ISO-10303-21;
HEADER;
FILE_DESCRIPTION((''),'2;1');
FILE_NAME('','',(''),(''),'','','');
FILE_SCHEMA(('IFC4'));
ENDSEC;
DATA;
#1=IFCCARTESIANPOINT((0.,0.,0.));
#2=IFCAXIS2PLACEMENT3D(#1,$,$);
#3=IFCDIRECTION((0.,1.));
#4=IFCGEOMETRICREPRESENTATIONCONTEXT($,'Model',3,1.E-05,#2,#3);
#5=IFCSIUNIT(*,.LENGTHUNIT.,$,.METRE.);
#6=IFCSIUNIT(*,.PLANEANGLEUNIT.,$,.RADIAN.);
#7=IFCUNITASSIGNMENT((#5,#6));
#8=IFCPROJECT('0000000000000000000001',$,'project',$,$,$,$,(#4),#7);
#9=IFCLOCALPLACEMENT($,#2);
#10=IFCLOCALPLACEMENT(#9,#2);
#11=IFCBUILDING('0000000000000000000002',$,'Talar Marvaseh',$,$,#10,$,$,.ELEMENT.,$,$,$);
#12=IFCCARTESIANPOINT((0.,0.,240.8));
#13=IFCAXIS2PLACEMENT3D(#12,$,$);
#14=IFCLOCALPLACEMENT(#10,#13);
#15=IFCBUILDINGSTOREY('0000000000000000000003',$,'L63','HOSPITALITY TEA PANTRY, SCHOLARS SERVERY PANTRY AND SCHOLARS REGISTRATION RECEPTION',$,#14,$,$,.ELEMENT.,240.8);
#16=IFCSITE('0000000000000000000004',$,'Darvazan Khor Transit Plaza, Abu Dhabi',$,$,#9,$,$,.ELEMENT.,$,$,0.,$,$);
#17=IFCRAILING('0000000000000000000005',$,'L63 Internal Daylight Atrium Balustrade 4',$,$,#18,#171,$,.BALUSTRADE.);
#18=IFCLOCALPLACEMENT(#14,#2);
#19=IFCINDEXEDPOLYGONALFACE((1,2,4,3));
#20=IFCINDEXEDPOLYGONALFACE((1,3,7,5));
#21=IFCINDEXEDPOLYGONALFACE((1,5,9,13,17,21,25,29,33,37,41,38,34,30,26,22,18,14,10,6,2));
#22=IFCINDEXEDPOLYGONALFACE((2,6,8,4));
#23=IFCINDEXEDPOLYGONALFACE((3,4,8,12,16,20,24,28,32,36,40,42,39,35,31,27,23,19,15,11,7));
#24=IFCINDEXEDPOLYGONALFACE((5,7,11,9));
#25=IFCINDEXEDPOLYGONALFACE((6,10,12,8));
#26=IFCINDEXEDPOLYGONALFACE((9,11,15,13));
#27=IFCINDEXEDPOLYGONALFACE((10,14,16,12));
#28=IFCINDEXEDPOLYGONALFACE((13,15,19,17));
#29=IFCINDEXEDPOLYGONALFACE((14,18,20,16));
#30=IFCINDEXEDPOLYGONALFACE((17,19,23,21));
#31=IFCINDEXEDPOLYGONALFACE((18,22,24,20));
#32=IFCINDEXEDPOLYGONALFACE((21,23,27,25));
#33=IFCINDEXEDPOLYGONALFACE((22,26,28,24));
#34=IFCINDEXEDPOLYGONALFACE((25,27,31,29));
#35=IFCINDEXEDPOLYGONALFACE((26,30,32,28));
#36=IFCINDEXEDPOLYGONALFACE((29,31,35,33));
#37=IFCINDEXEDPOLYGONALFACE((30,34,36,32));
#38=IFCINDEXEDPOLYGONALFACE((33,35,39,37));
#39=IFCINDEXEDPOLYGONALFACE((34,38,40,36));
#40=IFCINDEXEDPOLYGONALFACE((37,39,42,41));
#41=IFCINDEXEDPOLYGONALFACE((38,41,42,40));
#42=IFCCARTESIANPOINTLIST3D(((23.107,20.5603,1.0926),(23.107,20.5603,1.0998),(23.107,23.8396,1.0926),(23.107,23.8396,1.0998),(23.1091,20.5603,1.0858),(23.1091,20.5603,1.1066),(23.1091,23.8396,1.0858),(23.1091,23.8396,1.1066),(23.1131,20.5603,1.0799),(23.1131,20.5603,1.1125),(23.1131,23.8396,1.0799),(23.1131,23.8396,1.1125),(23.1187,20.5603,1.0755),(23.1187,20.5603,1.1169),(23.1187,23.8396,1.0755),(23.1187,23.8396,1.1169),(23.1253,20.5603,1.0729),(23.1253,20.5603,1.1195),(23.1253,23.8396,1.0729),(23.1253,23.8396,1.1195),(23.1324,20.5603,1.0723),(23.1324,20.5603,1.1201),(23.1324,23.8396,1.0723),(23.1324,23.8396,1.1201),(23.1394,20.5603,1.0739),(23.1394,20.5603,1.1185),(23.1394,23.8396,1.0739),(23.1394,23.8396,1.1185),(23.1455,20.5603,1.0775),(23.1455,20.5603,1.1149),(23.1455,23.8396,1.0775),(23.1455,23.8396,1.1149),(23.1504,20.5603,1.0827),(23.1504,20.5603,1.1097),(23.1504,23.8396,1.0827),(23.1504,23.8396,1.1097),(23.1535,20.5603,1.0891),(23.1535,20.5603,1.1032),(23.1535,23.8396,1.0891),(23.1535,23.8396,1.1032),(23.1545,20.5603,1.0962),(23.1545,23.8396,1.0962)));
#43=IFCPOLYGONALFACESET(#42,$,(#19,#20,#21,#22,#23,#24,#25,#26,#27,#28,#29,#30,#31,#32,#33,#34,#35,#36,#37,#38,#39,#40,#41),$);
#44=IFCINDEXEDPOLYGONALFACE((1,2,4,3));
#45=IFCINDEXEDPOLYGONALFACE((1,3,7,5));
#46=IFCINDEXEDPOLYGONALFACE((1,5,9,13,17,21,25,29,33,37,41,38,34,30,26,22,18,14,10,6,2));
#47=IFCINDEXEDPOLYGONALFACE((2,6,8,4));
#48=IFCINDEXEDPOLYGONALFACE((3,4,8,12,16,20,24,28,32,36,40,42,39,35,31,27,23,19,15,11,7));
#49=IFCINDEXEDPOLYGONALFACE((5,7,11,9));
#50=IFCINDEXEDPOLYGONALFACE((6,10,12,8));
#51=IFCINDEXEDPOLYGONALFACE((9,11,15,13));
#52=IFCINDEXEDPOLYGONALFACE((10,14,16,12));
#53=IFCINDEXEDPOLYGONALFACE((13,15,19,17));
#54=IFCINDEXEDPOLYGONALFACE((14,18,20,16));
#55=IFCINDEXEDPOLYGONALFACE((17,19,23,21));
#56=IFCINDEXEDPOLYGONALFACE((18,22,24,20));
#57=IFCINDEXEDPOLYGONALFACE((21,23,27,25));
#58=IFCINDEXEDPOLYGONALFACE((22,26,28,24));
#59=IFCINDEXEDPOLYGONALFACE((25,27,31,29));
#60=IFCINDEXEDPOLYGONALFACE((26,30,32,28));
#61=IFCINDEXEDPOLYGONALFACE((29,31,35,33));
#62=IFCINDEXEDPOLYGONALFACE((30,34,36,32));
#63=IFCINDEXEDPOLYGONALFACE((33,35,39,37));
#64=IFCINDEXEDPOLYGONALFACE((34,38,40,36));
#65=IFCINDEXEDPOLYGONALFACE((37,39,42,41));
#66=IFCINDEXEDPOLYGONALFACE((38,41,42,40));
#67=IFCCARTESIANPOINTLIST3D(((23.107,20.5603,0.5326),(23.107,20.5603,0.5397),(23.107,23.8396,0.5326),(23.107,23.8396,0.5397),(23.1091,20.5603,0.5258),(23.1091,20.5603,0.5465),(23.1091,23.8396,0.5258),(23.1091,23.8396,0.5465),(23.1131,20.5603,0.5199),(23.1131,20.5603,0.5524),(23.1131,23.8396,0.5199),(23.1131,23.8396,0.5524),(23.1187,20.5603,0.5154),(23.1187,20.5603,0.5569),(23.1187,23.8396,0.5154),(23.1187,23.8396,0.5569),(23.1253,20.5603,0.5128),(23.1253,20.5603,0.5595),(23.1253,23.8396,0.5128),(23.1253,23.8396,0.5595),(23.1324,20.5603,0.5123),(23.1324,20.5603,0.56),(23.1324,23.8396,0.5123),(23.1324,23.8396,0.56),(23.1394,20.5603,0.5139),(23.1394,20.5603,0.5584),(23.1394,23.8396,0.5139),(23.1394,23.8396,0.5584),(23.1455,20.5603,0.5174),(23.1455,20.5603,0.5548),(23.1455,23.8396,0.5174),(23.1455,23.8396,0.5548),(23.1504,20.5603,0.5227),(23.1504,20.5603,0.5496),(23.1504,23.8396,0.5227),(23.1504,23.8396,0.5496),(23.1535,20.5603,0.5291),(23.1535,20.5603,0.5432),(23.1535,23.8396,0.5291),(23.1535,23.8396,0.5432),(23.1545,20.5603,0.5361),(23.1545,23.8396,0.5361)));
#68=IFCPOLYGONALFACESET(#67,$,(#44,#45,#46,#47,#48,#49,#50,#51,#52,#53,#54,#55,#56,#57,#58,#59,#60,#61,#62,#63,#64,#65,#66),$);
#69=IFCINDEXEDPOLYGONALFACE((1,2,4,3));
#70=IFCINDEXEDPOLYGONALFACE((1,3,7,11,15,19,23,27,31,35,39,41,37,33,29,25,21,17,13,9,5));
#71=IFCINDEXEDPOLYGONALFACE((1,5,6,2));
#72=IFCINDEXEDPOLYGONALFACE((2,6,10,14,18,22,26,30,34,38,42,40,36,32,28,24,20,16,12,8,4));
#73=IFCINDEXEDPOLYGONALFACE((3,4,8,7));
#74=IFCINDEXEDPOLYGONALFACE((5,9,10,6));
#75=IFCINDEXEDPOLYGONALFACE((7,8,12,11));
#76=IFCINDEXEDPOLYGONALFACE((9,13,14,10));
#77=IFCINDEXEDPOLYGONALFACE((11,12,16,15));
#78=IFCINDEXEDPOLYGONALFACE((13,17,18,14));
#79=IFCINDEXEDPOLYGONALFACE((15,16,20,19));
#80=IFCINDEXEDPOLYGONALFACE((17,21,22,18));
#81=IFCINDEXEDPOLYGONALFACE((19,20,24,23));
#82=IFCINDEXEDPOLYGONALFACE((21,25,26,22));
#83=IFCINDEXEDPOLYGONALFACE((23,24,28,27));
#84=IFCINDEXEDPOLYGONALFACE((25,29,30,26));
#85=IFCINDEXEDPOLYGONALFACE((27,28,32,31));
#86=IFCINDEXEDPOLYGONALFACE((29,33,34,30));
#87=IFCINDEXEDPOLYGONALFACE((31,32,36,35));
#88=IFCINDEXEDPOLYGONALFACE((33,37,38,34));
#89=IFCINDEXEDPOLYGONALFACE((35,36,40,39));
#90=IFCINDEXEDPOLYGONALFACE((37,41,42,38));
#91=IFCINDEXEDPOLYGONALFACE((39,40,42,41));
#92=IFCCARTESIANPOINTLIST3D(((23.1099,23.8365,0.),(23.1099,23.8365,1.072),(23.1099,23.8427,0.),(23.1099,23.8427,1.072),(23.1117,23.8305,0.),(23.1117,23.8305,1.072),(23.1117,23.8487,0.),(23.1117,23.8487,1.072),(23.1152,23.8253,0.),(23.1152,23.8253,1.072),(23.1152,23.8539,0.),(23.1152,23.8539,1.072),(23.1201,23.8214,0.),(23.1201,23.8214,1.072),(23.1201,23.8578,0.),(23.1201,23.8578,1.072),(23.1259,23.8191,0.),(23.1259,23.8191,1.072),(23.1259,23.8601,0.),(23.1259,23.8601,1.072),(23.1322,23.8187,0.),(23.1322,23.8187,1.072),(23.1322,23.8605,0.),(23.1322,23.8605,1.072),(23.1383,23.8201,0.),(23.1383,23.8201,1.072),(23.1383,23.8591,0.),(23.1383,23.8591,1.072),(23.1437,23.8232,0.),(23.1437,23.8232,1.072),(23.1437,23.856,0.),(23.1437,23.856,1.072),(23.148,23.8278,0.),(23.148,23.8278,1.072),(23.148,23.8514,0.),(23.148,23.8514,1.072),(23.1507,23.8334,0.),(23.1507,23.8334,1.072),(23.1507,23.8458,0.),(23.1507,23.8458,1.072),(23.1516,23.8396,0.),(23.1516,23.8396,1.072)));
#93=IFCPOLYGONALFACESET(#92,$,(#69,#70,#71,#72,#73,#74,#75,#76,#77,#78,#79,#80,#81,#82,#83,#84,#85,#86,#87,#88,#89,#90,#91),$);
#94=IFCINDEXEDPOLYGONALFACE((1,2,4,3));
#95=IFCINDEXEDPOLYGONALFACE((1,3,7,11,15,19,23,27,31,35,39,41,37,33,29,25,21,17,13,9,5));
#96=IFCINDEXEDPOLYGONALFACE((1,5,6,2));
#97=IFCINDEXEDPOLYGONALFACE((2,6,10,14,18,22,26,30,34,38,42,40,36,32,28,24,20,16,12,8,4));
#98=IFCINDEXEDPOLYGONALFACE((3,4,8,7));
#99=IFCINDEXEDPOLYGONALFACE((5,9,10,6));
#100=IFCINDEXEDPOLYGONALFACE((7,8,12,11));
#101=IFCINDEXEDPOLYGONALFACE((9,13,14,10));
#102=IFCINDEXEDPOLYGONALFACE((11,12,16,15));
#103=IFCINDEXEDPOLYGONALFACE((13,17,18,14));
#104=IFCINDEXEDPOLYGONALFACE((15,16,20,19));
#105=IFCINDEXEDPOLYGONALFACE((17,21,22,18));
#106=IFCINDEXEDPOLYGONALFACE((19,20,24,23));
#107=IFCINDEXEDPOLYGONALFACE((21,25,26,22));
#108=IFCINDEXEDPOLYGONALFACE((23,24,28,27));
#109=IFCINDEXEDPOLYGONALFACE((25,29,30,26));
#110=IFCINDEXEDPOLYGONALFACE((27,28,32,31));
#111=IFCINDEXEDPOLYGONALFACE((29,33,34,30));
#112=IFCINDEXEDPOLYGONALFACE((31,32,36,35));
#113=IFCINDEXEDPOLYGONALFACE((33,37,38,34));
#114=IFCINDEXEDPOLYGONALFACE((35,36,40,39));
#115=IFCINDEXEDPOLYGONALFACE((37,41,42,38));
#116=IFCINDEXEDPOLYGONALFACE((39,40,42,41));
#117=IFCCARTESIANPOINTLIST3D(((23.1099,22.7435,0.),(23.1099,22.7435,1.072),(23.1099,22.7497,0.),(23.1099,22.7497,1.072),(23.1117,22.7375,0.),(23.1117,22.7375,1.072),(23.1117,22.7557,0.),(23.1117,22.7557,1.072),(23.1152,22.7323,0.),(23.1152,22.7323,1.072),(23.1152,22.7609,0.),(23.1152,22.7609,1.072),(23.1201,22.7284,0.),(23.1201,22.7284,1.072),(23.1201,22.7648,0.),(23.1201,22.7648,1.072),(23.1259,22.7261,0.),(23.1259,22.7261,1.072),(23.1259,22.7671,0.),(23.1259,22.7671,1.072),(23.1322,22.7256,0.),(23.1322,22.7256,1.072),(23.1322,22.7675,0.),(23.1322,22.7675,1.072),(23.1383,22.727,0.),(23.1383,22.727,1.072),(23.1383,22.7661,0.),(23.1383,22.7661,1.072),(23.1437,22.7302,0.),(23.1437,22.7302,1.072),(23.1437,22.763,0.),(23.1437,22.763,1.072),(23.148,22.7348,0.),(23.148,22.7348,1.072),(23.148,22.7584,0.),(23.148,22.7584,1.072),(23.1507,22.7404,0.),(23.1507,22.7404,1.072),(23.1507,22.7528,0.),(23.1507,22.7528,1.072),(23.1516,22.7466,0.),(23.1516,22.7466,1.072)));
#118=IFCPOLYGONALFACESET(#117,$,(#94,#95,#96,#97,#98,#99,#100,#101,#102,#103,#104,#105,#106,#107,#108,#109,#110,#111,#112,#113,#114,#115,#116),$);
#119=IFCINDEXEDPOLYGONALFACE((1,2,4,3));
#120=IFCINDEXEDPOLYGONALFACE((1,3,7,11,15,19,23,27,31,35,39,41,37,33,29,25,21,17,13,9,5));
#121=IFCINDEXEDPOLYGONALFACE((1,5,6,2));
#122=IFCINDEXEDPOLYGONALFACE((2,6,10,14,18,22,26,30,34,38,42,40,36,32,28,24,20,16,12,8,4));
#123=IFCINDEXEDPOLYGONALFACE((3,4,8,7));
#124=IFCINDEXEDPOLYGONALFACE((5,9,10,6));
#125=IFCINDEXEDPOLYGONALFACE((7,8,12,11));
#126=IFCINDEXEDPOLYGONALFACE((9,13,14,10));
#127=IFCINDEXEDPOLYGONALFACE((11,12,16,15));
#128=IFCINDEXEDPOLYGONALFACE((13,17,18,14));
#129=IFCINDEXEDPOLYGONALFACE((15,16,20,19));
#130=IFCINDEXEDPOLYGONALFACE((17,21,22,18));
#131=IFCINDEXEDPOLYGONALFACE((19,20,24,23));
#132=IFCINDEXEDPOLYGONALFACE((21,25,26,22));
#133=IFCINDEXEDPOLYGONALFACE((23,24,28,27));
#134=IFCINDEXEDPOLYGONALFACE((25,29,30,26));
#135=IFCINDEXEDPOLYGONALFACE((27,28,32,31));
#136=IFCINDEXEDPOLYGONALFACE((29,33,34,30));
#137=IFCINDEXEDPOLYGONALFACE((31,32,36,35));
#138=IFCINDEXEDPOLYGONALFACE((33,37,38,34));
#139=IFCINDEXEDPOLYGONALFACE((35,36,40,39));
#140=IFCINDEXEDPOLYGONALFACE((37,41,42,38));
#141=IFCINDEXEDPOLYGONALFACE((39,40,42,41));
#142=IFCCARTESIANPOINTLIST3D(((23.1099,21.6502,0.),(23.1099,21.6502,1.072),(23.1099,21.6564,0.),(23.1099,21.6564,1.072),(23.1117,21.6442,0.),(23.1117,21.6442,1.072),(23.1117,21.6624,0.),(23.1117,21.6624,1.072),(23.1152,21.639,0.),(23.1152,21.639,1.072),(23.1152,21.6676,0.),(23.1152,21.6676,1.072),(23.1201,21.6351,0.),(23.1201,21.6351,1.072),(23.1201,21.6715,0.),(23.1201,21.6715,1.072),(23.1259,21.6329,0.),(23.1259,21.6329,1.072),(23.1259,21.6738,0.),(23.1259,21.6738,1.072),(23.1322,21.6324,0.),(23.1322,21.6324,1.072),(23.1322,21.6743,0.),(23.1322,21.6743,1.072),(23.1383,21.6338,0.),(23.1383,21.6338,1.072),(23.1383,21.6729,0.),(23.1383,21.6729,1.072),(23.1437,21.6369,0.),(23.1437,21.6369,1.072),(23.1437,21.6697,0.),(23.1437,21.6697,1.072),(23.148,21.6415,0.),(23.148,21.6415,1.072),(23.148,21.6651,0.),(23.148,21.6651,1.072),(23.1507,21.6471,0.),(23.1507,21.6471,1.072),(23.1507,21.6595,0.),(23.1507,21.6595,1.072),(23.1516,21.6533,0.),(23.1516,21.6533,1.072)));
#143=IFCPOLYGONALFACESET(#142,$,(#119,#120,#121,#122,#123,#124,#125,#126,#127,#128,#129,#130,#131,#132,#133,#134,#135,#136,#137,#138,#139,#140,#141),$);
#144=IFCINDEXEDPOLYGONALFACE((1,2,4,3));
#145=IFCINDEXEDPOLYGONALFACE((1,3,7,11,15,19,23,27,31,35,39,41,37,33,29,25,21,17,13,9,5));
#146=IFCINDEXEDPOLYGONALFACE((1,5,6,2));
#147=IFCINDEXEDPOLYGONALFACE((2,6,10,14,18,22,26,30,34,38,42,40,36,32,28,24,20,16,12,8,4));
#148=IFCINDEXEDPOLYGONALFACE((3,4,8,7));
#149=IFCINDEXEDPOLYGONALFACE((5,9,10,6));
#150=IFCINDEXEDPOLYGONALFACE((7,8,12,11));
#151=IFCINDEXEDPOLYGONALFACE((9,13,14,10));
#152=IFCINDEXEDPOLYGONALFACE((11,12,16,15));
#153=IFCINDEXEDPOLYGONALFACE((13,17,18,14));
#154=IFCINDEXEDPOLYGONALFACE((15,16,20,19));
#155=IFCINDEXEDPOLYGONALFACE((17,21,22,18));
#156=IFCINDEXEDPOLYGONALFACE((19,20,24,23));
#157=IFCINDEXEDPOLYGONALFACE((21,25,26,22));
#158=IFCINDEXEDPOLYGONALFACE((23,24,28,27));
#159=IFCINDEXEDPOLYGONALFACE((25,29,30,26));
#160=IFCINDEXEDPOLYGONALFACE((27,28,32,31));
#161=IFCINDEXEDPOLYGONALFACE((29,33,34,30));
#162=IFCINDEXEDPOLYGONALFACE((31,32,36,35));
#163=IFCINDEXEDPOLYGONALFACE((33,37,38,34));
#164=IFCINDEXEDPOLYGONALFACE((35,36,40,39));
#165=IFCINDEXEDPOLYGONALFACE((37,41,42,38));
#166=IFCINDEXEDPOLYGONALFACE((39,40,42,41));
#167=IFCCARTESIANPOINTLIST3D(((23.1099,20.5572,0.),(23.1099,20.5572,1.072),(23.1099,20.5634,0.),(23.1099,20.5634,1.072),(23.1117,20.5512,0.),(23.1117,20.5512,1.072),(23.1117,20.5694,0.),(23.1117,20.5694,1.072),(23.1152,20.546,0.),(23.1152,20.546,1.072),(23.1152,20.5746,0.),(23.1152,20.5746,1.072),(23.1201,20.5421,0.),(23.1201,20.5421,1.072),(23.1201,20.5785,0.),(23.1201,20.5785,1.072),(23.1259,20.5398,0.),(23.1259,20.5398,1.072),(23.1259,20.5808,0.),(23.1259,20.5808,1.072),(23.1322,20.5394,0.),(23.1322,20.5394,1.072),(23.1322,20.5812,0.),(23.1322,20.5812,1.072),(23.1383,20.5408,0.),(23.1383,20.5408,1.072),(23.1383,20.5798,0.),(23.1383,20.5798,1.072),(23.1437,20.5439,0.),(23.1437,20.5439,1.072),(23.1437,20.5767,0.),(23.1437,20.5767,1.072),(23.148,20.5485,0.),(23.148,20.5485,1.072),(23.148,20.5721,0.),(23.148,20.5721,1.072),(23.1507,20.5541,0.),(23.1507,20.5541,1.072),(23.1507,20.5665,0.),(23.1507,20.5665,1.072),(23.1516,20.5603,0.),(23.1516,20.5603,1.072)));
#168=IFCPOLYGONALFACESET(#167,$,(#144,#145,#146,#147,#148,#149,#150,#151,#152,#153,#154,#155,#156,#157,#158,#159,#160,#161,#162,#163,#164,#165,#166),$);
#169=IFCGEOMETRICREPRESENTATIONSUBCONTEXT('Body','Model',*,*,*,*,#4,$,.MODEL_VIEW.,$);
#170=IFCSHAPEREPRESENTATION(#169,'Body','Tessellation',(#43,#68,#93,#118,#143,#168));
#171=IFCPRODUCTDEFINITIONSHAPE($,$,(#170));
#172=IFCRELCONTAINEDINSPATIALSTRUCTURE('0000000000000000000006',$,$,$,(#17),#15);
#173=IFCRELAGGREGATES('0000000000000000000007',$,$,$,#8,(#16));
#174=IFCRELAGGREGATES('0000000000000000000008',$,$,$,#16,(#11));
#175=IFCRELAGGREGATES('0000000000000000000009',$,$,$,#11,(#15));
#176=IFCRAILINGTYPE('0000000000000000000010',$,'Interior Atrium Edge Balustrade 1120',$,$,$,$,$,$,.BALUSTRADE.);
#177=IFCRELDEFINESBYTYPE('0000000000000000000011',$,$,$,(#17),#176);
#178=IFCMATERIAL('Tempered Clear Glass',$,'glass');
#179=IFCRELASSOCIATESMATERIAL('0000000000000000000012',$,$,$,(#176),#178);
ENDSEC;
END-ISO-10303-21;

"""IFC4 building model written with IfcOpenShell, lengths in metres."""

from ifc_helpers import new_model, si_unit, direction, frame, origin, origin_2d, place, context, subcontext, project, spatial, circle, extrude, material, type_object, element, save


model = new_model("IFC4")

# Units and contexts
model_context = context("Model", 3, precision=1e-05, world=origin(), true_north=direction((0.0, 1.0)))
body_context = subcontext(model_context, "Body", "Model", "MODEL_VIEW")
ifc_project = project(units=[si_unit("LENGTHUNIT", "METRE"), si_unit("PLANEANGLEUNIT", "RADIAN")], contexts=[model_context])

# Site, building, storey
site_placement = place(None, origin())
site = spatial("IfcSite", under=ifc_project, at=site_placement, Name="Darvazan Khor Transit Plaza, Abu Dhabi", CompositionType="ELEMENT", RefElevation=0.0)
building_placement = place(site_placement, origin())
building = spatial("IfcBuilding", under=site, at=building_placement, Name="Talar Marvaseh", CompositionType="ELEMENT")
storey_placement = place(building_placement, frame((0.0, 0.0, 240.8)))
storey = spatial("IfcBuildingStorey", under=building, at=storey_placement, Name="L63", Description="HOSPITALITY TEA PANTRY, SCHOLARS SERVERY PANTRY AND SCHOLARS REGISTRATION RECEPTION", CompositionType="ELEMENT", Elevation=240.8)

# Railing
ifc_material_1 = material(Name="Tempered Clear Glass", Category="glass")
railing_type = type_object("IfcRailingType", Name="Interior Atrium Edge Balustrade 1120", PredefinedType="BALUSTRADE", material=ifc_material_1)
railing_1_placement = place(storey_placement, frame((23.1306, 23.8396, 0.0)))
element("IfcRailing", 1, at=railing_1_placement, inside=storey, type_object=railing_type, Name="L63 Internal Daylight Atrium Balustrade 4", PredefinedType="BALUSTRADE", context=body_context, shape_type="SweptSolid", body=[
    extrude(circle(Radius=0.0239, at=origin_2d()), frame((0.0, 0.0, 1.0962), z_axis=(0.0, -1.0, 0.0), x_axis=(1.0, 0.0, 0.0)), (0.0, 0.0, 1.0), 3.2793),
    extrude(circle(Radius=0.0239, at=origin_2d()), frame((0.0, 0.0, 0.5361), z_axis=(0.0, -1.0, 0.0), x_axis=(1.0, 0.0, 0.0)), (0.0, 0.0, 1.0), 3.2793),
    extrude(circle(Radius=0.021, at=origin_2d()), origin(), (0.0, 0.0, 1.0), 1.072),
    extrude(circle(Radius=0.021, at=origin_2d()), frame((0.0, -1.093, 0.0)), (0.0, 0.0, 1.0), 1.072),
    extrude(circle(Radius=0.021, at=origin_2d()), frame((0.0, -2.1863, 0.0)), (0.0, 0.0, 1.0), 1.072),
    extrude(circle(Radius=0.021, at=origin_2d()), frame((0.0, -3.2793, 0.0)), (0.0, 0.0, 1.0), 1.072),
])

save(model, "model.ifc")
